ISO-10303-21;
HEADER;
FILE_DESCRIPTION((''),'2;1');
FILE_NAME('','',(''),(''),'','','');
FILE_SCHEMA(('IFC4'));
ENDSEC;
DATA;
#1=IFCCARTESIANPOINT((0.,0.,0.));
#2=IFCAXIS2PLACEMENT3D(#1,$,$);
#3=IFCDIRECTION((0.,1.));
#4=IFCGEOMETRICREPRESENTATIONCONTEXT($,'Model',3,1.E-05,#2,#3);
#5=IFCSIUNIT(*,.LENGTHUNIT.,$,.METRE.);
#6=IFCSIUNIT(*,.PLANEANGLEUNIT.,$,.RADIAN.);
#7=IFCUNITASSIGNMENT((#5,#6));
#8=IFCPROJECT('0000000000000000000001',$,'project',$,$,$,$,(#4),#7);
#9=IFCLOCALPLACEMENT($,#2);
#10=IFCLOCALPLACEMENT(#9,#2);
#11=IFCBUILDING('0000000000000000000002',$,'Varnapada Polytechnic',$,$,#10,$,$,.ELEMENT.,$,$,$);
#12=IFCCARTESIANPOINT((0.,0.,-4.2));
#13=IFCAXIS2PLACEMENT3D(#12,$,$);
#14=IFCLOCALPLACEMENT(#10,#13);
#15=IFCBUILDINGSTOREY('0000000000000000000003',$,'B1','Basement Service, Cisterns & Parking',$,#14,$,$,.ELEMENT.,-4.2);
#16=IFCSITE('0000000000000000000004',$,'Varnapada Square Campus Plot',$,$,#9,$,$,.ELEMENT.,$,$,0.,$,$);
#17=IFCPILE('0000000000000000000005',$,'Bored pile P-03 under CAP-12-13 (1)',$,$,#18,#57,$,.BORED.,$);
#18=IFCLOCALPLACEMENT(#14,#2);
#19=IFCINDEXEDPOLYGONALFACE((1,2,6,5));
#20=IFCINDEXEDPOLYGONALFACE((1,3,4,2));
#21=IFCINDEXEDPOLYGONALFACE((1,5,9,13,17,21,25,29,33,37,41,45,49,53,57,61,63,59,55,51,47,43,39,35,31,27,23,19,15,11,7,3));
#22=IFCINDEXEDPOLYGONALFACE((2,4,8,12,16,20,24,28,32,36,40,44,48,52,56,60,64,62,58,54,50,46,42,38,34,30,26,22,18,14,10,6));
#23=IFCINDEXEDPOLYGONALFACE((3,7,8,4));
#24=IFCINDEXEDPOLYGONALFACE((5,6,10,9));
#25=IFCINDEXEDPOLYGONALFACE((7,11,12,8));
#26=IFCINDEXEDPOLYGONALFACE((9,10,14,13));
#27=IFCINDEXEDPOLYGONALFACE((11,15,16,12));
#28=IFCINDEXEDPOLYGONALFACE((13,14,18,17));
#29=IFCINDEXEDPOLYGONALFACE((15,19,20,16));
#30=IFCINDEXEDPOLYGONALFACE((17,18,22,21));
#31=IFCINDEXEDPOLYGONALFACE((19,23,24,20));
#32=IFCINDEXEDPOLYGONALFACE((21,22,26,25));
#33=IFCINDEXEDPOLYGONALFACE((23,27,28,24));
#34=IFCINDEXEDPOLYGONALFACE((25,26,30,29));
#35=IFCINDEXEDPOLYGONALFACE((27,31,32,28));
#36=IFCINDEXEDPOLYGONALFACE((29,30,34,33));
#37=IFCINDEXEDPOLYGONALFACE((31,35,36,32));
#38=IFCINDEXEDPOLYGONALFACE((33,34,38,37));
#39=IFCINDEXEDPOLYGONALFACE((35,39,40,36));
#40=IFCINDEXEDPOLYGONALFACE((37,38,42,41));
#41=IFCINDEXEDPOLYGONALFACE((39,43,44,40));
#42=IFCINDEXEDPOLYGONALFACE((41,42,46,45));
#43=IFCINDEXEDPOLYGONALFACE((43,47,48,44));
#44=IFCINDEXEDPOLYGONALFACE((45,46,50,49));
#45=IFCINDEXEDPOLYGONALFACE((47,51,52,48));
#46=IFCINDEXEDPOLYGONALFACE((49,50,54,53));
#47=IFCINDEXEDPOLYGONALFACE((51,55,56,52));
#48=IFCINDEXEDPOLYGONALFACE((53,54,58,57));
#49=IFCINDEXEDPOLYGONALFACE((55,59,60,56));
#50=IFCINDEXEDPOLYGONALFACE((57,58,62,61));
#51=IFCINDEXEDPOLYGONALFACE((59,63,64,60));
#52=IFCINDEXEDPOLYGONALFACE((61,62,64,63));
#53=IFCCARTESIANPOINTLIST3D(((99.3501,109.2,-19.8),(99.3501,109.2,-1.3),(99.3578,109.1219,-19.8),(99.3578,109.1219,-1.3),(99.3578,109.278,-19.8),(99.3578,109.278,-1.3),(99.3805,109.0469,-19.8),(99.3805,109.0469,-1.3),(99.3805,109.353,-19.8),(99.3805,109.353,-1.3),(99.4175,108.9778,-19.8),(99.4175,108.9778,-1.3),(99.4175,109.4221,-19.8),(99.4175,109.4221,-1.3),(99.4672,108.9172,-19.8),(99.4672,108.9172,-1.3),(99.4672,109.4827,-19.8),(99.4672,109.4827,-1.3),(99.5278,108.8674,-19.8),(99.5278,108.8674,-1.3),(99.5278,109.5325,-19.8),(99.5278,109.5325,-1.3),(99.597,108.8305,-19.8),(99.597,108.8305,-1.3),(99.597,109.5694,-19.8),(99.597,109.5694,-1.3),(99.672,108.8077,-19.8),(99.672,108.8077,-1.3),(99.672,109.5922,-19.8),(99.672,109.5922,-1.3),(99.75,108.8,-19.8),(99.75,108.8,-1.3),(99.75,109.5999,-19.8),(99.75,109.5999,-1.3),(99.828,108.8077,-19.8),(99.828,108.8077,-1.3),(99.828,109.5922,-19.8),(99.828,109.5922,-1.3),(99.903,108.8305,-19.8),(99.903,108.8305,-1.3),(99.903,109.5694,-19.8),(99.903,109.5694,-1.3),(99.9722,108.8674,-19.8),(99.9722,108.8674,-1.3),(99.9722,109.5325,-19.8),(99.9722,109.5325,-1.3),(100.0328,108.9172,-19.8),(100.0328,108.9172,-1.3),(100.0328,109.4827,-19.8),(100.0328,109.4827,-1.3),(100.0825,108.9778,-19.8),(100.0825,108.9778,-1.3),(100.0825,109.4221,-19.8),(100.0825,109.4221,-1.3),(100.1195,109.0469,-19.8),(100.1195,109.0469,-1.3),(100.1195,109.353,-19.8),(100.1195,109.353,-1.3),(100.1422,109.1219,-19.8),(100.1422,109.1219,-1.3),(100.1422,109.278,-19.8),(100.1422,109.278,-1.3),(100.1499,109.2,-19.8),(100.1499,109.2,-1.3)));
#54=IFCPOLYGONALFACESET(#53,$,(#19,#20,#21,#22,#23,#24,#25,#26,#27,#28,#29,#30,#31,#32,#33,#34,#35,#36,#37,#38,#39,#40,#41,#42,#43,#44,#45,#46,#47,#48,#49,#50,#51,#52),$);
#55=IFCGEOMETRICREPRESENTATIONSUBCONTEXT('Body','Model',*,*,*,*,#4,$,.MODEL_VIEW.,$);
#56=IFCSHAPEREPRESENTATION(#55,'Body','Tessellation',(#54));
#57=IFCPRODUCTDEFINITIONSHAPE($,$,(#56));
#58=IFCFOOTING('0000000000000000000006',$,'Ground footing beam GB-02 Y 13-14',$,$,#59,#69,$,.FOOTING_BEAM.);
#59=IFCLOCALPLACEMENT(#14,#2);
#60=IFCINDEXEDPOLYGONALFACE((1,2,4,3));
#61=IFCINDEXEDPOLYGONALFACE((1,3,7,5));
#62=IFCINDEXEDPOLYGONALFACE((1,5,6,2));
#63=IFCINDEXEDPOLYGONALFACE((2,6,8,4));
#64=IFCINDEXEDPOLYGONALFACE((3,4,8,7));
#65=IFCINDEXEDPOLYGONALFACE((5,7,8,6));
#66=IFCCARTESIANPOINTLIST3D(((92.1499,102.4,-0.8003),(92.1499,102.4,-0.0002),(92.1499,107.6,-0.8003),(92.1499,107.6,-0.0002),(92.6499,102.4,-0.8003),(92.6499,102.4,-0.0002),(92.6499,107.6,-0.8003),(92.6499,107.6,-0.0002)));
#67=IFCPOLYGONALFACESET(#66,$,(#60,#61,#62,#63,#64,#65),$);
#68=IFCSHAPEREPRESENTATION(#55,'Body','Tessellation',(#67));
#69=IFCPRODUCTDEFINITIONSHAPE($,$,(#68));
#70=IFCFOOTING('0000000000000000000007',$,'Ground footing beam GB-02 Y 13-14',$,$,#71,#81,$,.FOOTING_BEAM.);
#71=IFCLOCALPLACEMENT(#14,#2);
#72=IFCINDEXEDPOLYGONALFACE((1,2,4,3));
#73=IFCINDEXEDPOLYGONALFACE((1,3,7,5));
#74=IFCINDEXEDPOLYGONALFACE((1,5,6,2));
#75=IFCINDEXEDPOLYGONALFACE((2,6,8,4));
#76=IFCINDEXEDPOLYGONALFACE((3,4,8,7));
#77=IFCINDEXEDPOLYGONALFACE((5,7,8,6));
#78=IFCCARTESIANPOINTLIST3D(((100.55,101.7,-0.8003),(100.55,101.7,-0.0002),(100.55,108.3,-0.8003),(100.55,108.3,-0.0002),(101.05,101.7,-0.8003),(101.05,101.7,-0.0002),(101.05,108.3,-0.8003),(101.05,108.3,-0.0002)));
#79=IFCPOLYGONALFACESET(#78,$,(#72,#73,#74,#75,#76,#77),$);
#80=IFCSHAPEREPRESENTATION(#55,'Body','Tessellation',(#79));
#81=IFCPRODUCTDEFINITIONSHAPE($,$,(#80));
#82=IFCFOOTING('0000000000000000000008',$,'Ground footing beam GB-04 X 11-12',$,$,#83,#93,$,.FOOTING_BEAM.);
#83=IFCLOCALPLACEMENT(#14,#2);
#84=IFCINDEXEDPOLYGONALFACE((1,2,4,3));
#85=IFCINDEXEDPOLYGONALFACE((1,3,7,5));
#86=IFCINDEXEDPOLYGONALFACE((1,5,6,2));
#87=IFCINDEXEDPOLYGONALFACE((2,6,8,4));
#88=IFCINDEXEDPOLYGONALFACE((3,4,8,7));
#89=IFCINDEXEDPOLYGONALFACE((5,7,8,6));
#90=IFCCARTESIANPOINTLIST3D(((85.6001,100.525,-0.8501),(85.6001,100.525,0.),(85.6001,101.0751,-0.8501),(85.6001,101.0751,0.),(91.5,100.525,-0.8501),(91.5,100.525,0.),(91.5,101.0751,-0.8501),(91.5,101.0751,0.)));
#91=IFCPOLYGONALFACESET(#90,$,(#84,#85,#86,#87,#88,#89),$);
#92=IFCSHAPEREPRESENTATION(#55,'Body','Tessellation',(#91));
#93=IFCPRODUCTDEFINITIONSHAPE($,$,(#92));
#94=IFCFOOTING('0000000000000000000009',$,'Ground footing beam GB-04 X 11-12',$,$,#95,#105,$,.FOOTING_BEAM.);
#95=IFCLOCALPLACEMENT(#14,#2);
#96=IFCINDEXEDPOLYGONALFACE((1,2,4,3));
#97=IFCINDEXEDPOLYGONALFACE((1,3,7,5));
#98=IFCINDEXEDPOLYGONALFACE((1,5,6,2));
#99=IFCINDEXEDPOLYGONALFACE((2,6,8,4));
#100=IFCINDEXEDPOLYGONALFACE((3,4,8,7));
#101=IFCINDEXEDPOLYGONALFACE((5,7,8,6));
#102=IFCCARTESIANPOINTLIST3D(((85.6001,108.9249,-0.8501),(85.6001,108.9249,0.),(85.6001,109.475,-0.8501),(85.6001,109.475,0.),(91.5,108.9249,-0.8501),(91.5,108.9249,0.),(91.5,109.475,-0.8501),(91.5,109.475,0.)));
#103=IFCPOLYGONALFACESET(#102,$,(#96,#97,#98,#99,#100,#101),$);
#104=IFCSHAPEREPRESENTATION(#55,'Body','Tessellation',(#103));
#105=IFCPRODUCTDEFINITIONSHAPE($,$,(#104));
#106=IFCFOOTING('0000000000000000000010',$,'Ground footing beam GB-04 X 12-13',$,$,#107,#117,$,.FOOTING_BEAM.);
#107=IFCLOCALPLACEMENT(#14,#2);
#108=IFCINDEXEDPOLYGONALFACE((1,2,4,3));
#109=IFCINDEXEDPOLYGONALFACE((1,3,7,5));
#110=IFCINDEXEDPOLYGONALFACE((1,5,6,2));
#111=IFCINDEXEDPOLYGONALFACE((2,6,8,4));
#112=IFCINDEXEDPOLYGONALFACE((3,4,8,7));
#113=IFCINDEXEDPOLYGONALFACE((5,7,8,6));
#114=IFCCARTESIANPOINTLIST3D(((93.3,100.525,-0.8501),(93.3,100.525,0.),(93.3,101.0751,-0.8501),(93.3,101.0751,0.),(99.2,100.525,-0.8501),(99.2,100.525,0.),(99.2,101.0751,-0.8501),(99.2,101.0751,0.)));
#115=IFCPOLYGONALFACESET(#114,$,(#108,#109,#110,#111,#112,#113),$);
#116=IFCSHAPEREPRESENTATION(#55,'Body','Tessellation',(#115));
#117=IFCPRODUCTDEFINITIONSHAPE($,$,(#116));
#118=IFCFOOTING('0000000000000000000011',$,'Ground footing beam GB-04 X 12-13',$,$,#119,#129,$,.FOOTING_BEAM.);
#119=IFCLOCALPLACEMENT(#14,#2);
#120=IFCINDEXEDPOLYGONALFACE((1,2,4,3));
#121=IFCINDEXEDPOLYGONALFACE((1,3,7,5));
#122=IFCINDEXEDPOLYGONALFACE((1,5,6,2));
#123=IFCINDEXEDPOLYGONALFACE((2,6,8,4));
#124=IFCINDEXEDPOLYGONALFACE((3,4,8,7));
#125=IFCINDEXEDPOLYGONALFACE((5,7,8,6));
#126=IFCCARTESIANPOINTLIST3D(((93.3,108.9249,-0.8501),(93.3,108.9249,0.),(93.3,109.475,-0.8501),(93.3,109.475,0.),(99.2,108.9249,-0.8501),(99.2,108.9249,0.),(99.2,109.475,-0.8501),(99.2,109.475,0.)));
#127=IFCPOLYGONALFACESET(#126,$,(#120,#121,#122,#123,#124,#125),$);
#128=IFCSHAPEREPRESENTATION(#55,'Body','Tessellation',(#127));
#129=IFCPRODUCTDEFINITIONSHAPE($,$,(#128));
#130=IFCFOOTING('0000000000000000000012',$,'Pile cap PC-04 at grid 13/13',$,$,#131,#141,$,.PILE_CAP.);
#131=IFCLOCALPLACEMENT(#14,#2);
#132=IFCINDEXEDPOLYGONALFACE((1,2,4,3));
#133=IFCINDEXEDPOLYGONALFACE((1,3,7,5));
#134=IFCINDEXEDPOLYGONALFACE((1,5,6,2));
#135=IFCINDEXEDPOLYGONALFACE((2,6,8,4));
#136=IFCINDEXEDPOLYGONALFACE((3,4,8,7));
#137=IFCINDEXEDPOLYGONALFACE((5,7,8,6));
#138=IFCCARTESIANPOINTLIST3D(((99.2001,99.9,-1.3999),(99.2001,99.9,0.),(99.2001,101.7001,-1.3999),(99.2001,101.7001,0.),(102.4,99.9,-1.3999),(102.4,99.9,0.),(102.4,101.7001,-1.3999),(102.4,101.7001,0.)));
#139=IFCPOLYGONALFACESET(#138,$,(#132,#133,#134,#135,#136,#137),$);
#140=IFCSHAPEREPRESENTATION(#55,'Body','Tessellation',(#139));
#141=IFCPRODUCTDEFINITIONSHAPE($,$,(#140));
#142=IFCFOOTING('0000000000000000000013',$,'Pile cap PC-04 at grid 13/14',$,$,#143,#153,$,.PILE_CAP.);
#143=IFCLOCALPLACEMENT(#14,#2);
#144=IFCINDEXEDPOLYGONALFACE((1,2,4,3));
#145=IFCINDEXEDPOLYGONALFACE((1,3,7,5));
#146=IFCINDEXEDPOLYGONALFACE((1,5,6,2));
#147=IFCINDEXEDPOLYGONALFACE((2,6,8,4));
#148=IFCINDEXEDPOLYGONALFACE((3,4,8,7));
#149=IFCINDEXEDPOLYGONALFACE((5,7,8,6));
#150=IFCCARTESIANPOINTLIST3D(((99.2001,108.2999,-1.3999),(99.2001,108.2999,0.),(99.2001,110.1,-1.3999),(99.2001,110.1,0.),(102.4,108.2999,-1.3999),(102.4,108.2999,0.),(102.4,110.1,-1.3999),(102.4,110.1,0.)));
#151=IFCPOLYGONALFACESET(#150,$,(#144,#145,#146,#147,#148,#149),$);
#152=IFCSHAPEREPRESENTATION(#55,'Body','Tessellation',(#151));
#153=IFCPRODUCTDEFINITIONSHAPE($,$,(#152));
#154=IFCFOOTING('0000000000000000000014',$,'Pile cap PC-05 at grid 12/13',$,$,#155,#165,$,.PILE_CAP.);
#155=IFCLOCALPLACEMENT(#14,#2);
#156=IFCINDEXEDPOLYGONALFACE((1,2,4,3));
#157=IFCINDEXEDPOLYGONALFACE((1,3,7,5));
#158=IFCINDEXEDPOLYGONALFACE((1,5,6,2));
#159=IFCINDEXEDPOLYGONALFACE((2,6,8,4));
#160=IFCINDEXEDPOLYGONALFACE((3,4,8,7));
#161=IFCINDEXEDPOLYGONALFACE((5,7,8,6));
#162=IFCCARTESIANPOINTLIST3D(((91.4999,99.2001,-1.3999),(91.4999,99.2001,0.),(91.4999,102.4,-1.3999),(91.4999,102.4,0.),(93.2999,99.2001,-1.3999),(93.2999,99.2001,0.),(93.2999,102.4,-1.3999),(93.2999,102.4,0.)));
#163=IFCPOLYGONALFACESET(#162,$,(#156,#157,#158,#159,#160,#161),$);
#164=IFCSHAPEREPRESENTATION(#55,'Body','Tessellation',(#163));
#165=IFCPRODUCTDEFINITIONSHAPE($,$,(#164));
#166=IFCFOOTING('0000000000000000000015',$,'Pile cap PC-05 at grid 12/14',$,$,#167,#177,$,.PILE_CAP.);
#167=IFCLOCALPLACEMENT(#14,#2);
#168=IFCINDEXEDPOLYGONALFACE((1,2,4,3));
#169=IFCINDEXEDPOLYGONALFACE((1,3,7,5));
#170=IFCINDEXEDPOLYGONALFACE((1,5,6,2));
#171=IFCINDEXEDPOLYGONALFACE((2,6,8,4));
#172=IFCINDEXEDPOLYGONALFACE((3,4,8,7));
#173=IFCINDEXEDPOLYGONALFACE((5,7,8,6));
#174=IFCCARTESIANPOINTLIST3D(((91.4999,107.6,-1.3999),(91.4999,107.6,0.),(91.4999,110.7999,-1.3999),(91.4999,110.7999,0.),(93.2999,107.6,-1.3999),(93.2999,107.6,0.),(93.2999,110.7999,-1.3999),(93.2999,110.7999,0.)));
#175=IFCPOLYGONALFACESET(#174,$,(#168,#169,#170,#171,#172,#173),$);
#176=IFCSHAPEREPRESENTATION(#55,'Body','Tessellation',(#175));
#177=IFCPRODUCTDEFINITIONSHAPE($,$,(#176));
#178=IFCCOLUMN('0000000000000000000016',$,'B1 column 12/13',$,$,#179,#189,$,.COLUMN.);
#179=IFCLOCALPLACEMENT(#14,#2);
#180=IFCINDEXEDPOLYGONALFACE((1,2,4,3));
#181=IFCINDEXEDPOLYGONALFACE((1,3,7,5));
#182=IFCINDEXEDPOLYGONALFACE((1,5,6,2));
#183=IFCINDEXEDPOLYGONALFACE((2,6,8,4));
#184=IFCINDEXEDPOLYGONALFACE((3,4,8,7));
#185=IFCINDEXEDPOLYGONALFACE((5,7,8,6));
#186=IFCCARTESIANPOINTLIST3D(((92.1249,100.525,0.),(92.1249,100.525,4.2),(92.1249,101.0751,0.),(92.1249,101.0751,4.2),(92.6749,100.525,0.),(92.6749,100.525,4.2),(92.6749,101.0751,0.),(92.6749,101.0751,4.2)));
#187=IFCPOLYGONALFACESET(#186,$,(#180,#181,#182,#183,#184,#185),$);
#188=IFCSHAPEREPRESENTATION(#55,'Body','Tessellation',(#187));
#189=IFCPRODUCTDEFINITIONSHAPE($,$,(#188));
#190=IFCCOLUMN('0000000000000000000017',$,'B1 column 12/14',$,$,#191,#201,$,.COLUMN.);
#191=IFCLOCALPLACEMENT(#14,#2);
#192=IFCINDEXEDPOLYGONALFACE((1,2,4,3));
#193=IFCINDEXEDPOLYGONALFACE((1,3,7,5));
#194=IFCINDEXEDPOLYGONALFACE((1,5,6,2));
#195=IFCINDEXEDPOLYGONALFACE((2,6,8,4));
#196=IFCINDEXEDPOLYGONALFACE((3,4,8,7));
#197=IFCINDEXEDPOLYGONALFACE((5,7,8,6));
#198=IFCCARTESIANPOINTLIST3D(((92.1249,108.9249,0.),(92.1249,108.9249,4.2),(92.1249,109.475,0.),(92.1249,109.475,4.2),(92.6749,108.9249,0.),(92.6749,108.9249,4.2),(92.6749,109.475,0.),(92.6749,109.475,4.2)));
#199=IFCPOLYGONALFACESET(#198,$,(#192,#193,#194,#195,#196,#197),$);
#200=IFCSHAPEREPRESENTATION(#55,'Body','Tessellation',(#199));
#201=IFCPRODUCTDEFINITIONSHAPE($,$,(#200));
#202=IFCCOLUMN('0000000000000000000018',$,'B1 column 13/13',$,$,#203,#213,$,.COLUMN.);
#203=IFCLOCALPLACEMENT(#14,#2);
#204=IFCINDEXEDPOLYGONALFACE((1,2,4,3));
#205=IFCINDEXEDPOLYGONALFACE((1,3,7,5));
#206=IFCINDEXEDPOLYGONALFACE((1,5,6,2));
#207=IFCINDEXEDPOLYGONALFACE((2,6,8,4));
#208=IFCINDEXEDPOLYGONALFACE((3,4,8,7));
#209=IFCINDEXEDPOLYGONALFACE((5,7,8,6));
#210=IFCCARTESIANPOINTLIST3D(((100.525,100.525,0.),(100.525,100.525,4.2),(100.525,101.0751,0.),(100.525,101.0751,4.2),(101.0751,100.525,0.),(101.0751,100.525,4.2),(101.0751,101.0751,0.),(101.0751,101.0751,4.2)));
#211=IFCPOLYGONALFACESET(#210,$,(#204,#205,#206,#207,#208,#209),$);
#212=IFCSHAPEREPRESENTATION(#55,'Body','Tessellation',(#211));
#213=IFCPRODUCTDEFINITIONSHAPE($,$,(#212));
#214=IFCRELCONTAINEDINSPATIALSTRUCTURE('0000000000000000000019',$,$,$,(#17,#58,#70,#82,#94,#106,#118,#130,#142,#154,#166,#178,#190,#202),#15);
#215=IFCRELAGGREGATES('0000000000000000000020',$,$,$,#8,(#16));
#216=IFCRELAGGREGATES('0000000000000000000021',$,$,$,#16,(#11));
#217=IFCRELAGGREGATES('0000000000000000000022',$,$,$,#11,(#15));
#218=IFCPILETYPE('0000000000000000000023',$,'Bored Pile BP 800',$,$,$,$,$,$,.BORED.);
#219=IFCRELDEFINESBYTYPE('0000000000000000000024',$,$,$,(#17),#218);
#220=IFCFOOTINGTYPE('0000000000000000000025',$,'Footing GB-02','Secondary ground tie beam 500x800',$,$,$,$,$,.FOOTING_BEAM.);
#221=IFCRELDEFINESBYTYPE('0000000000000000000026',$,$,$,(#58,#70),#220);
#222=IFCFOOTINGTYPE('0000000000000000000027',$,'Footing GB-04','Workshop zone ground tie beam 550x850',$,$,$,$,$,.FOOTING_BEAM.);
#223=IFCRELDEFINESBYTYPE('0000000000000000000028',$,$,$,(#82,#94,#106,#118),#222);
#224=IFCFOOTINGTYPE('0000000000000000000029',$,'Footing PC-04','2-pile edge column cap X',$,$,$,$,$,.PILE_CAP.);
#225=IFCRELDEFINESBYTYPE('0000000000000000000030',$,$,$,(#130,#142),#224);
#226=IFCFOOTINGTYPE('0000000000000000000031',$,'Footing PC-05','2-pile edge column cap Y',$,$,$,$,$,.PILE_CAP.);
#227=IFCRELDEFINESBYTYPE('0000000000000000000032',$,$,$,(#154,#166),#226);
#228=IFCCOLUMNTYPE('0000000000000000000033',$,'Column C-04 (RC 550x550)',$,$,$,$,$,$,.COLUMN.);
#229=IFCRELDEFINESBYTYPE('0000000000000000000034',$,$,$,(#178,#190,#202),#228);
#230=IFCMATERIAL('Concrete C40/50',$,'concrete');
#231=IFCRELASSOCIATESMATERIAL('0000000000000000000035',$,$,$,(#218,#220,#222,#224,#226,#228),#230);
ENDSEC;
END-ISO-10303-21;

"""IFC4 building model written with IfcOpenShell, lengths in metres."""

from ifc_helpers import new_model, si_unit, direction, frame, origin, origin_2d, place, context, subcontext, project, spatial, rectangle, circle, extrude, material, material_profile, profile_set, type_object, element, save


model = new_model("IFC4")

# Units and contexts
model_context = context("Model", 3, precision=1e-05, world=origin(), true_north=direction((0.0, 1.0)))
body_context = subcontext(model_context, "Body", "Model", "MODEL_VIEW")
ifc_project = project(units=[si_unit("LENGTHUNIT", "METRE"), si_unit("PLANEANGLEUNIT", "RADIAN")], contexts=[model_context])

# Site, building, storey
site_placement = place(None, origin())
site = spatial("IfcSite", under=ifc_project, at=site_placement, Name="Varnapada Square Campus Plot", CompositionType="ELEMENT", RefElevation=0.0)
building_placement = place(site_placement, origin())
building = spatial("IfcBuilding", under=site, at=building_placement, Name="Varnapada Polytechnic", CompositionType="ELEMENT")
storey_placement = place(building_placement, frame((0.0, 0.0, -4.2)))
storey = spatial("IfcBuildingStorey", under=building, at=storey_placement, Name="B1", Description="Basement Service, Cisterns & Parking", CompositionType="ELEMENT", Elevation=-4.2)

# Pile
ifc_material_1 = material(Name="Concrete C40/50", Category="concrete")
ifc_material_profile_1 = material_profile(ifc_material_1, circle(Radius=0.3999, at=origin_2d()), Name="BP 800")
ifc_profile_set_1 = profile_set([ifc_material_profile_1], Name="Concrete C40/50")
pile_type = type_object("IfcPileType", Name="Bored Pile BP 800", PredefinedType="BORED", material=ifc_profile_set_1)
for number, where, z_axis, x_axis, name in (
    (1, (99.75, 109.2, -1.3), (0.0, 0.0, -1.0), (1.0, 0.0, 0.0), "Bored pile P-03 under CAP-12-13 (1)"),
):
    element("IfcPile", number, at=place(storey_placement, frame(where, z_axis=z_axis, x_axis=x_axis)), inside=storey, type_object=pile_type, Name=name, PredefinedType="BORED", context=body_context, shape_type="SweptSolid", body=[
        extrude(circle(Radius=0.3999, at=origin_2d()), origin(), (0.0, 0.0, 1.0), 18.5),
    ])

# Footings
footing_type_1 = type_object("IfcFootingType", Name="Footing GB-02", Description="Secondary ground tie beam 500x800", PredefinedType="FOOTING_BEAM", material=ifc_material_1)
footing_1_placement = place(storey_placement, frame((92.3999, 105.0, -0.8003), z_axis=(0.0, 0.0, 1.0), x_axis=(0.0, 1.0, 0.0)))
element("IfcFooting", 2, at=footing_1_placement, inside=storey, type_object=footing_type_1, Name="Ground footing beam GB-02 Y 13-14", PredefinedType="FOOTING_BEAM", context=body_context, shape_type="SweptSolid", body=[
    extrude(rectangle(XDim=5.2, YDim=0.5, at=origin_2d()), origin(), (0.0, 0.0, 1.0), 0.8),
])
footing_2_placement = place(storey_placement, frame((100.8, 105.0, -0.8003), z_axis=(0.0, 0.0, 1.0), x_axis=(0.0, 1.0, 0.0)))
element("IfcFooting", 3, at=footing_2_placement, inside=storey, type_object=footing_type_1, Name="Ground footing beam GB-02 Y 13-14", PredefinedType="FOOTING_BEAM", context=body_context, shape_type="SweptSolid", body=[
    extrude(rectangle(XDim=6.6001, YDim=0.5, at=origin_2d()), origin(), (0.0, 0.0, 1.0), 0.8),
])
footing_type_2 = type_object("IfcFootingType", Name="Footing GB-04", Description="Workshop zone ground tie beam 550x850", PredefinedType="FOOTING_BEAM", material=ifc_material_1)
for number, where, z_axis, x_axis, name in (
    (4, (88.55, 100.8, -0.8501), (0.0, 0.0, 1.0), (1.0, 0.0, 0.0), "Ground footing beam GB-04 X 11-12"),
    (5, (88.55, 109.2, -0.8501), (0.0, 0.0, 1.0), (1.0, 0.0, 0.0), "Ground footing beam GB-04 X 11-12"),
    (6, (96.25, 100.8, -0.8501), (0.0, 0.0, 1.0), (1.0, 0.0, 0.0), "Ground footing beam GB-04 X 12-13"),
    (7, (96.25, 109.2, -0.8501), (0.0, 0.0, 1.0), (1.0, 0.0, 0.0), "Ground footing beam GB-04 X 12-13"),
):
    element("IfcFooting", number, at=place(storey_placement, frame(where, z_axis=z_axis, x_axis=x_axis)), inside=storey, type_object=footing_type_2, Name=name, PredefinedType="FOOTING_BEAM", context=body_context, shape_type="SweptSolid", body=[
        extrude(rectangle(XDim=5.8999, YDim=0.55, at=origin_2d()), origin(), (0.0, 0.0, 1.0), 0.8501),
    ])
footing_type_3 = type_object("IfcFootingType", Name="Footing PC-04", Description="2-pile edge column cap X", PredefinedType="PILE_CAP", material=ifc_material_1)
for number, where, z_axis, x_axis, name in (
    (8, (100.8, 100.8, -1.3999), (0.0, 0.0, 1.0), (1.0, 0.0, 0.0), "Pile cap PC-04 at grid 13/13"),
    (9, (100.8, 109.2, -1.3999), (0.0, 0.0, 1.0), (1.0, 0.0, 0.0), "Pile cap PC-04 at grid 13/14"),
):
    element("IfcFooting", number, at=place(storey_placement, frame(where, z_axis=z_axis, x_axis=x_axis)), inside=storey, type_object=footing_type_3, Name=name, PredefinedType="PILE_CAP", context=body_context, shape_type="SweptSolid", body=[
        extrude(rectangle(XDim=3.2, YDim=1.8, at=origin_2d()), origin(), (0.0, 0.0, 1.0), 1.3999),
    ])
footing_type_4 = type_object("IfcFootingType", Name="Footing PC-05", Description="2-pile edge column cap Y", PredefinedType="PILE_CAP", material=ifc_material_1)
for number, where, z_axis, x_axis, name in (
    (10, (92.3999, 100.8, -1.3999), (0.0, 0.0, 1.0), (1.0, 0.0, 0.0), "Pile cap PC-05 at grid 12/13"),
    (11, (92.3999, 109.2, -1.3999), (0.0, 0.0, 1.0), (1.0, 0.0, 0.0), "Pile cap PC-05 at grid 12/14"),
):
    element("IfcFooting", number, at=place(storey_placement, frame(where, z_axis=z_axis, x_axis=x_axis)), inside=storey, type_object=footing_type_4, Name=name, PredefinedType="PILE_CAP", context=body_context, shape_type="SweptSolid", body=[
        extrude(rectangle(XDim=1.8, YDim=3.2, at=origin_2d()), origin(), (0.0, 0.0, 1.0), 1.3999),
    ])

# Columns
ifc_material_profile_2 = material_profile(ifc_material_1, rectangle(XDim=0.55, YDim=0.55, at=origin_2d()), Name="RC 550x550")
ifc_profile_set_2 = profile_set([ifc_material_profile_2], Name="Concrete C40/50")
column_type = type_object("IfcColumnType", Name="Column C-04 (RC 550x550)", PredefinedType="COLUMN", material=ifc_profile_set_2)
for number, where, z_axis, x_axis, name in (
    (12, (92.3999, 100.8, 0.0), (0.0, 0.0, 1.0), (1.0, 0.0, 0.0), "B1 column 12/13"),
    (13, (92.3999, 109.2, 0.0), (0.0, 0.0, 1.0), (1.0, 0.0, 0.0), "B1 column 12/14"),
    (14, (100.8, 100.8, 0.0), (0.0, 0.0, 1.0), (1.0, 0.0, 0.0), "B1 column 13/13"),
):
    element("IfcColumn", number, at=place(storey_placement, frame(where, z_axis=z_axis, x_axis=x_axis)), inside=storey, type_object=column_type, Name=name, PredefinedType="COLUMN", context=body_context, shape_type="SweptSolid", body=[
        extrude(rectangle(XDim=0.55, YDim=0.55, at=origin_2d()), origin(), (0.0, 0.0, 1.0), 4.2),
    ])

save(model, "model.ifc")
